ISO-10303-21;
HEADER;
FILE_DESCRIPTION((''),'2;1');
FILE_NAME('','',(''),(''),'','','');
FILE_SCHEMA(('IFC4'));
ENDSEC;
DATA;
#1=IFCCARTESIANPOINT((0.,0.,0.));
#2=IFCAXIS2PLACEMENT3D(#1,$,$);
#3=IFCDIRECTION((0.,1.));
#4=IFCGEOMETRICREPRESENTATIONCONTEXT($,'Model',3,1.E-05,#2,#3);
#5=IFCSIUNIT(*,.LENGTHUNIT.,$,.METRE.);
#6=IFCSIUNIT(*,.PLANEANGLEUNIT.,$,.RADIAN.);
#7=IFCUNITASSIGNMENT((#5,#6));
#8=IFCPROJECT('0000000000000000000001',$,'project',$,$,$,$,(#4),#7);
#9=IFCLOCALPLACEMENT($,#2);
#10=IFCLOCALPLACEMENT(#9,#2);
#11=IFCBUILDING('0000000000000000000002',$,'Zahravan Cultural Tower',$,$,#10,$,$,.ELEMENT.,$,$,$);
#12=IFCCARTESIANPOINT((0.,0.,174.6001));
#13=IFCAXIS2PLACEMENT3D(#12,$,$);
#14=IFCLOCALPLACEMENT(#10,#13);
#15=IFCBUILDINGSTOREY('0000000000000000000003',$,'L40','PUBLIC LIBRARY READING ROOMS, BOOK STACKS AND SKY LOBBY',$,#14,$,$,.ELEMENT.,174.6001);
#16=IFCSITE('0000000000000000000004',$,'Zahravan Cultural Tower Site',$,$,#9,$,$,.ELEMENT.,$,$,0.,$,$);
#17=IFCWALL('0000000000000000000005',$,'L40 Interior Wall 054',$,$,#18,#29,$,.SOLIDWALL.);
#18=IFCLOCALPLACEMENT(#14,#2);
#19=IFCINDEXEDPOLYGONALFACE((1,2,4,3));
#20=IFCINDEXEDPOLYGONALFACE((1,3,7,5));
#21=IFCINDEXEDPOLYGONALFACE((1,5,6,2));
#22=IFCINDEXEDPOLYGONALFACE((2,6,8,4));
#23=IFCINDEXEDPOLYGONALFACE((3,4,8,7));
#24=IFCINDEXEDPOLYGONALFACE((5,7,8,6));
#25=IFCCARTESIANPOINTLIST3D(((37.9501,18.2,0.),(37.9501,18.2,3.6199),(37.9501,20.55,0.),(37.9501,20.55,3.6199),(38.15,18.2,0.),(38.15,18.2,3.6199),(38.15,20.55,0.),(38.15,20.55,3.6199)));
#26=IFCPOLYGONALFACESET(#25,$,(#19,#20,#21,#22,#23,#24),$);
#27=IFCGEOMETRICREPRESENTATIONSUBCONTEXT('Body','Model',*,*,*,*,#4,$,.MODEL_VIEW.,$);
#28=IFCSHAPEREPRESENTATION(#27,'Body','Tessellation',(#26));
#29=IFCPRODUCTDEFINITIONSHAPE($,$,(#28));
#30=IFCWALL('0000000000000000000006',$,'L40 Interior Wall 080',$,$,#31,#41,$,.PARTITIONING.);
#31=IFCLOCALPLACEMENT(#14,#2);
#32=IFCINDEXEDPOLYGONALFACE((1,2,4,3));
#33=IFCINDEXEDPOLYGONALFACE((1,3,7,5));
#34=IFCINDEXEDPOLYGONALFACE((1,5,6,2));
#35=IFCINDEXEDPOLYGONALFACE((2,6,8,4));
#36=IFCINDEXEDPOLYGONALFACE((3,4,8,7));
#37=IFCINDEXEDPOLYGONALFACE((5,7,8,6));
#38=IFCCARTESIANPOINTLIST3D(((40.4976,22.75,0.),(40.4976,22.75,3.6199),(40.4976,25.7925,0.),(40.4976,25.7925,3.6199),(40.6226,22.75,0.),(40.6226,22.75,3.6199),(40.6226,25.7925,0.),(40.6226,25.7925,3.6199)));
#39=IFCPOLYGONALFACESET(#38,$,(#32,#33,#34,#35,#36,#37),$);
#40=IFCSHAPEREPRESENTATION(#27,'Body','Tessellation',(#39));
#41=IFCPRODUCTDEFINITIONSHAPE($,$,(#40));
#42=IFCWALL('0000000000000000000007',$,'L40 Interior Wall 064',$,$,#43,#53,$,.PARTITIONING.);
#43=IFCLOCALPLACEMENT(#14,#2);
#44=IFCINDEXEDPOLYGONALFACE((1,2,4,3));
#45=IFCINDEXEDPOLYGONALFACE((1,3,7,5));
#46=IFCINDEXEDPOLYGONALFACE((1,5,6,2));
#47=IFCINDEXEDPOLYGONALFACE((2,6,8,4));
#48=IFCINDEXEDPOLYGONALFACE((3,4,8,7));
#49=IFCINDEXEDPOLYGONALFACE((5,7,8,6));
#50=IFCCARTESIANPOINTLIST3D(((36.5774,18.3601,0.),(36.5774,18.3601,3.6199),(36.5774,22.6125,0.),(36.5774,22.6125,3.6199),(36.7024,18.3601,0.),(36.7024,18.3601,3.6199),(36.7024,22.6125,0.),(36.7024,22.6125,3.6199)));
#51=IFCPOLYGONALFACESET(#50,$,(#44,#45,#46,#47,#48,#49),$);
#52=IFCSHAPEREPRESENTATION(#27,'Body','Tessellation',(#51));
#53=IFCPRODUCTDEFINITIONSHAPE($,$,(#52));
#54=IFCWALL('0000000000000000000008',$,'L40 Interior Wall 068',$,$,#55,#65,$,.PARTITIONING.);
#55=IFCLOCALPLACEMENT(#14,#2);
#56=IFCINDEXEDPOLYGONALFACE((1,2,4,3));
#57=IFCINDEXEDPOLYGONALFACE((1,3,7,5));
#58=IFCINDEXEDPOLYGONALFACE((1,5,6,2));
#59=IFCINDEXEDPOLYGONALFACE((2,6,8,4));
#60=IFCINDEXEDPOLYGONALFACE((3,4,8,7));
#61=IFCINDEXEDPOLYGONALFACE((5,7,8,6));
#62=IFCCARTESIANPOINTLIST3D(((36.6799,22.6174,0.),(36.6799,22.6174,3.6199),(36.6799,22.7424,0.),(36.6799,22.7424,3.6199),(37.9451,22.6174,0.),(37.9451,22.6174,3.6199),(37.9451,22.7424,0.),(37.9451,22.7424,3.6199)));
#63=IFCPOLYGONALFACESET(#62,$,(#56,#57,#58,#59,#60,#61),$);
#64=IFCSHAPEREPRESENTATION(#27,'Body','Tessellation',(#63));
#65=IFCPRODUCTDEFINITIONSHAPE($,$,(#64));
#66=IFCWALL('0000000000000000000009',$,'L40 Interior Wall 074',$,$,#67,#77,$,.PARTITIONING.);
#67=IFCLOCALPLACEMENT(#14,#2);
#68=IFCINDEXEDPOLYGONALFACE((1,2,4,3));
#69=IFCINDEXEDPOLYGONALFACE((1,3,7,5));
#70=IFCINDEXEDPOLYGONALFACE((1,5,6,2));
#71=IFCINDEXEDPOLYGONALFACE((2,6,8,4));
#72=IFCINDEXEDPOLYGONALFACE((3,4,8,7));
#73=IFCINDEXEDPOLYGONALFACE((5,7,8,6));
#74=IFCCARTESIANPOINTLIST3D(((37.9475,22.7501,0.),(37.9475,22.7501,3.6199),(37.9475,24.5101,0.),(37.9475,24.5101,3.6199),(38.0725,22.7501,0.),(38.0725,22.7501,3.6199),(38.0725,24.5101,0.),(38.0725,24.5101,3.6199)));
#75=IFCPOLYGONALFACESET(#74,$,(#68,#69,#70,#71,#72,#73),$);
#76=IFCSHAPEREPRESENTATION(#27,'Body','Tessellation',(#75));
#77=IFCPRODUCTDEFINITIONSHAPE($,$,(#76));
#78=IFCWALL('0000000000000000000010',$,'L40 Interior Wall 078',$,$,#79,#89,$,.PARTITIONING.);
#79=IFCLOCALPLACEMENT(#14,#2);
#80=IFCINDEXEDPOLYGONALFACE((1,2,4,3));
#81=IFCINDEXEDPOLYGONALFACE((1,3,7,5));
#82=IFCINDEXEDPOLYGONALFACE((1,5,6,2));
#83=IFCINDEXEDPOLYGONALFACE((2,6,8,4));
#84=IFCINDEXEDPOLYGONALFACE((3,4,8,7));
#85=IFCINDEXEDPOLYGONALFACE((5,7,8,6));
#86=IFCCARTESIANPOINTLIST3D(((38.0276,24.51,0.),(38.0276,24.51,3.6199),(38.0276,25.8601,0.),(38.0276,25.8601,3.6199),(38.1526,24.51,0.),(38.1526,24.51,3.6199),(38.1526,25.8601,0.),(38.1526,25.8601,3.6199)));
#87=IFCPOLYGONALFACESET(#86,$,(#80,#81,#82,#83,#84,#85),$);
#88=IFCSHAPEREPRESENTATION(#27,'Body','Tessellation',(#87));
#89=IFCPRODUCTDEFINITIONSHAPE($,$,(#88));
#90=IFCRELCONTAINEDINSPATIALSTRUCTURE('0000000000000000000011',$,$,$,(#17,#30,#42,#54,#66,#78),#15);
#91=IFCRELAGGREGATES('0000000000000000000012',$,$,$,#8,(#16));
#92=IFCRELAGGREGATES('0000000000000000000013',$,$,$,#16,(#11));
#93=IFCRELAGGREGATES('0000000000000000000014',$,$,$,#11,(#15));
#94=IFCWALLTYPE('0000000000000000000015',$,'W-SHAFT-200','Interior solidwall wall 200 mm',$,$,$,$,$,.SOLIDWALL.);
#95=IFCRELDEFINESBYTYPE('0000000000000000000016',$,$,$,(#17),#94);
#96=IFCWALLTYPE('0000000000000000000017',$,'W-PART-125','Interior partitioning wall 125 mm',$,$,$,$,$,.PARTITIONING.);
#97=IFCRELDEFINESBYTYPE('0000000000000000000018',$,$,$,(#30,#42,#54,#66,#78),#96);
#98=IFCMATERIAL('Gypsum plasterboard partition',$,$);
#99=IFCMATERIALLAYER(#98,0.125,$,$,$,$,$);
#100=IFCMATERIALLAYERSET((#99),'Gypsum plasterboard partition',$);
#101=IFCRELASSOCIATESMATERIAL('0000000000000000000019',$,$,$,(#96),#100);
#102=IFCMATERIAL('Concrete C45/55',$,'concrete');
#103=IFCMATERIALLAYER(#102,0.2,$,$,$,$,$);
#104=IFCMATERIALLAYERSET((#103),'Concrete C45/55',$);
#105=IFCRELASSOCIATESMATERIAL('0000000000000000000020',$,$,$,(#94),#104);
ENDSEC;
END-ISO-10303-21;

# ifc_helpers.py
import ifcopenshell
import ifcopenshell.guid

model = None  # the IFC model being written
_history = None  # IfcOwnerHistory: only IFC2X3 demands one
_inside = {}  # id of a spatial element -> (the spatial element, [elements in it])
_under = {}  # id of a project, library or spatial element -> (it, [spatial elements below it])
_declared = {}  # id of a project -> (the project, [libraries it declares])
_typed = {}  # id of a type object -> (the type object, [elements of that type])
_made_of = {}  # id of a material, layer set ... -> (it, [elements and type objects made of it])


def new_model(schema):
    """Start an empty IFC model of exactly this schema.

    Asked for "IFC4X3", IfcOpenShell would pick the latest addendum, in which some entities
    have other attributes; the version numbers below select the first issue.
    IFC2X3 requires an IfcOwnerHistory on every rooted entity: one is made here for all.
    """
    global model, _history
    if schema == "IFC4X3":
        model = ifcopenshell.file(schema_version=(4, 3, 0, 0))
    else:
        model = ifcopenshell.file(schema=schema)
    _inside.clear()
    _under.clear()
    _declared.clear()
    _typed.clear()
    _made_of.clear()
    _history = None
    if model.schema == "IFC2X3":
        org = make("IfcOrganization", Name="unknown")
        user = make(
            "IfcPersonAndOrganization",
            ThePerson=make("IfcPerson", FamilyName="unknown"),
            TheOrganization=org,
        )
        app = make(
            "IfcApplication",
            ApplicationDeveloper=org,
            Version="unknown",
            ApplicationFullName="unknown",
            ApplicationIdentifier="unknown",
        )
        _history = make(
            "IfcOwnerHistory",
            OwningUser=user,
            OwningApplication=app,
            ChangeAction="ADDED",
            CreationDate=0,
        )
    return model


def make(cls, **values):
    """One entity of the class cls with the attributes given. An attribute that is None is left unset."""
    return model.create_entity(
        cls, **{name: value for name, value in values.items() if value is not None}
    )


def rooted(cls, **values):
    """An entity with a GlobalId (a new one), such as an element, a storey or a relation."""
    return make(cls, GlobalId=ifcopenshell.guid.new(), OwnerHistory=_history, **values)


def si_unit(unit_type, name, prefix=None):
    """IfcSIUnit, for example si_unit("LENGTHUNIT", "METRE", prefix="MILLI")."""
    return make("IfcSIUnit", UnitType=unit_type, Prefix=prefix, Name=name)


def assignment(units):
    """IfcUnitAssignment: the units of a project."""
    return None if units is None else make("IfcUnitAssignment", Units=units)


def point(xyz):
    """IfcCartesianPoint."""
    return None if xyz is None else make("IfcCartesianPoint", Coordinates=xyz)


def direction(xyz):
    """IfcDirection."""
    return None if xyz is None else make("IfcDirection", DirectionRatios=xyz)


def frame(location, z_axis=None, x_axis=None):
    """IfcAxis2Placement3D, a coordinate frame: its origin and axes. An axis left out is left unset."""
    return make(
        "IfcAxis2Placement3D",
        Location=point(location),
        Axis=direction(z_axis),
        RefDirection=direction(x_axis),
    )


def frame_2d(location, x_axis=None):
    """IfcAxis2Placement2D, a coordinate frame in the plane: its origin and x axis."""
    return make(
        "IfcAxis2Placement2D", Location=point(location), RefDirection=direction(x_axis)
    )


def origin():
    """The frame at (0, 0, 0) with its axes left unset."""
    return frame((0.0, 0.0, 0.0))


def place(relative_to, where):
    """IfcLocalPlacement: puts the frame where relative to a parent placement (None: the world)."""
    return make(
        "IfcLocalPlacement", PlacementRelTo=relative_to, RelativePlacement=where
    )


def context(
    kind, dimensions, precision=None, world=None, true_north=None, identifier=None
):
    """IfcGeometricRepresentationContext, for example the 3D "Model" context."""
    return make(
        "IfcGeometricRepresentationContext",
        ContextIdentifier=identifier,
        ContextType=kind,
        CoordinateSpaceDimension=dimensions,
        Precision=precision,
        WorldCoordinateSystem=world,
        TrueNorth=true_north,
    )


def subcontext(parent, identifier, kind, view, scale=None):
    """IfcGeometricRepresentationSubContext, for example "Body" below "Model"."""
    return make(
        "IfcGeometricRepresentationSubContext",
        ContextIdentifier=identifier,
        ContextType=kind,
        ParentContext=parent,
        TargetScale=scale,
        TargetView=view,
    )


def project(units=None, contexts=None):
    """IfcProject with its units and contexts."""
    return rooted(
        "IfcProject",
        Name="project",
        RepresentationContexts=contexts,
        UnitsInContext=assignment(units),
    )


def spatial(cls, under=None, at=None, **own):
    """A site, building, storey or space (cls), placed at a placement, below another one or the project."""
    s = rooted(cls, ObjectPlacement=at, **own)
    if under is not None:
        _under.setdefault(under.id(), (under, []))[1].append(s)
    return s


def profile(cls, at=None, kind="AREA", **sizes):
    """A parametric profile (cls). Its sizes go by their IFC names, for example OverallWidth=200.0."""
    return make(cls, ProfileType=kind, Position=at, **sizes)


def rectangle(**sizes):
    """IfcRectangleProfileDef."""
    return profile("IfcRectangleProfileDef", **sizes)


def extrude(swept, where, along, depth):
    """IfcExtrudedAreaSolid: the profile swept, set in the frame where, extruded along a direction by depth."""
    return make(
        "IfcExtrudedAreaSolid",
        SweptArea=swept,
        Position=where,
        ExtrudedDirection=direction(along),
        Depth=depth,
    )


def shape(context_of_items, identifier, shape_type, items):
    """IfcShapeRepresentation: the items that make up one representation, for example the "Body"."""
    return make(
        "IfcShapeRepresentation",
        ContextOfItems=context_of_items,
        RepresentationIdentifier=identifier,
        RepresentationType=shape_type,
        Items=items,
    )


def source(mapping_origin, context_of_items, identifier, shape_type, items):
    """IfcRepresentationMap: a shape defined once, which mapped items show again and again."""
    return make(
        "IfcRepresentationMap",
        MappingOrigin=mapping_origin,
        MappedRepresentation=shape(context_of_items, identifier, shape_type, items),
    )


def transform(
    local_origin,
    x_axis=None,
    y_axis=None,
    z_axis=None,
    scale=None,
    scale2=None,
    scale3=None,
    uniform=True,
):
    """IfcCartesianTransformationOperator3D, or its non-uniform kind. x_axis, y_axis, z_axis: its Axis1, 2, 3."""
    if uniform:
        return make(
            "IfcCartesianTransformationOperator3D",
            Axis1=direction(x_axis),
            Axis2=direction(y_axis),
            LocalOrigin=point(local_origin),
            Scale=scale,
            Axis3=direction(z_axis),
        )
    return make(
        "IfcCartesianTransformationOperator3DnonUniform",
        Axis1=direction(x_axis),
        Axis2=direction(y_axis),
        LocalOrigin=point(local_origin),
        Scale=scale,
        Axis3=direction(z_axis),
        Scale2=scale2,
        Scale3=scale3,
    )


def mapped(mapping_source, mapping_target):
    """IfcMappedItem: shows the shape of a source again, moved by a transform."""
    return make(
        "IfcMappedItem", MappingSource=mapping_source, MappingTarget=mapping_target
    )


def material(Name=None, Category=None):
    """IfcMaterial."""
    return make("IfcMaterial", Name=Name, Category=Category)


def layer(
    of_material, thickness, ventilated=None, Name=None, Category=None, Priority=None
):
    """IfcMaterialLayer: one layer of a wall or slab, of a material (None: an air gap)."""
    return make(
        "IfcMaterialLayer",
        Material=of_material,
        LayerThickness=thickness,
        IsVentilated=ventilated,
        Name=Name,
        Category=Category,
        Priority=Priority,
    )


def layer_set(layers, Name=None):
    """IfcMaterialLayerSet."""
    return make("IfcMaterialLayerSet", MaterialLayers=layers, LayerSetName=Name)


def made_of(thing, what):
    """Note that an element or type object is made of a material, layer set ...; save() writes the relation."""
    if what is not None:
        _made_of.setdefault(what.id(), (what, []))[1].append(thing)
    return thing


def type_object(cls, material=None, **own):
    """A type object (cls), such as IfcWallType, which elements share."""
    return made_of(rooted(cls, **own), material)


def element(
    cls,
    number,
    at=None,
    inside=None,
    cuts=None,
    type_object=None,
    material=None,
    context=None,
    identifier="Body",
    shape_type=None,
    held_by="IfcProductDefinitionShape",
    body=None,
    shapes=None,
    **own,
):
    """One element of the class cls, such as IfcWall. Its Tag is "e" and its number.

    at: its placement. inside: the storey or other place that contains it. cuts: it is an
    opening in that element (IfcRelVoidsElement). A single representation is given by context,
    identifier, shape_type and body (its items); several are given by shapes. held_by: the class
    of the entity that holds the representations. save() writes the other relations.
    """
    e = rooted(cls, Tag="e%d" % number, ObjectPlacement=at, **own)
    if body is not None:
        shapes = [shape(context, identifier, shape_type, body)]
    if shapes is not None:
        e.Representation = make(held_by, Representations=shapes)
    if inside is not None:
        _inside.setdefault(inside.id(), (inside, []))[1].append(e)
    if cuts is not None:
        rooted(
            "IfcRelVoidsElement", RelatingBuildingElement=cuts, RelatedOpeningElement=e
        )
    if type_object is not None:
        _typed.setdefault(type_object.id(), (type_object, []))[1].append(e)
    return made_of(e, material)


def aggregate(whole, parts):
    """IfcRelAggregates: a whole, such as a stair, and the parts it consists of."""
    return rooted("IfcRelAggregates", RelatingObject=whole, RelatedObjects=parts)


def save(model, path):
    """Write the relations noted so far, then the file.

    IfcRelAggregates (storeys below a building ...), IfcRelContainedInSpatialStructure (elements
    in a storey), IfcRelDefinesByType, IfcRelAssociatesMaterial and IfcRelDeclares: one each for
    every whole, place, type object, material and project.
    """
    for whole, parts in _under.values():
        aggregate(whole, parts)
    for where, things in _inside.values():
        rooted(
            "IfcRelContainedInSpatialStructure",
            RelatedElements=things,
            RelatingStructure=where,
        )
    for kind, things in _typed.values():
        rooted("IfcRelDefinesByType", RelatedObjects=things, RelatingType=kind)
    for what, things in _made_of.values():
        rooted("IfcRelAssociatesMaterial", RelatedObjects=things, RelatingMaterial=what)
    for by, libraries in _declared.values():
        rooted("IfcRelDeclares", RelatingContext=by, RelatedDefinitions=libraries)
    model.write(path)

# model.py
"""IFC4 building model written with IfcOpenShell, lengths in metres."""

from ifc_helpers import new_model, si_unit, direction, frame, frame_2d, origin, place, context, subcontext, project, spatial, rectangle, extrude, source, transform, mapped, material, layer, layer_set, type_object, element, save


model = new_model("IFC4")

# Units and contexts
model_context = context("Model", 3, precision=1e-05, world=origin(), true_north=direction((0.0, 1.0)))
body_context = subcontext(model_context, "Body", "Model", "MODEL_VIEW")
ifc_project = project(units=[si_unit("LENGTHUNIT", "METRE"), si_unit("PLANEANGLEUNIT", "RADIAN")], contexts=[model_context])

# Site, building, storey
site_placement = place(None, origin())
site = spatial("IfcSite", under=ifc_project, at=site_placement, Name="Zahravan Cultural Tower Site", CompositionType="ELEMENT", RefElevation=0.0)
building_placement = place(site_placement, origin())
building = spatial("IfcBuilding", under=site, at=building_placement, Name="Zahravan Cultural Tower", CompositionType="ELEMENT")
storey_placement = place(building_placement, frame((0.0, 0.0, 174.6001)))
storey = spatial("IfcBuildingStorey", under=building, at=storey_placement, Name="L40", Description="PUBLIC LIBRARY READING ROOMS, BOOK STACKS AND SKY LOBBY", CompositionType="ELEMENT", Elevation=174.6001)

# Shared definitions
ifc_material_1 = material(Name="Gypsum plasterboard partition")
ifc_layer_1 = layer(ifc_material_1, 0.125)
ifc_layer_set_1 = layer_set([ifc_layer_1], Name="Gypsum plasterboard partition")
wall_type_1 = type_object("IfcWallType", Name="W-PART-125", Description="Interior partitioning wall 125 mm", PredefinedType="PARTITIONING", material=ifc_layer_set_1)
ifc_material_2 = material(Name="Concrete C45/55", Category="concrete")
ifc_layer_2 = layer(ifc_material_2, 0.2)
ifc_layer_set_2 = layer_set([ifc_layer_2], Name="Concrete C45/55")
wall_type_2 = type_object("IfcWallType", Name="W-SHAFT-200", Description="Interior solidwall wall 200 mm", PredefinedType="SOLIDWALL", material=ifc_layer_set_2)

# Walls
shared_shape_1 = source(origin(), body_context, "Body", "SweptSolid", [
    extrude(rectangle(XDim=2.3501, YDim=0.2, at=frame_2d((1.175, 0.0))), origin(), (0.0, 0.0, 1.0), 3.6199),
])
for number, where, z_axis, x_axis, name in (
    (1, (38.05, 18.2, 0.0), (0.0, 0.0, 1.0), (0.0, 1.0, 0.0), "L40 Interior Wall 054"),
):
    element("IfcWall", number, at=place(storey_placement, frame(where, z_axis=z_axis, x_axis=x_axis)), inside=storey, type_object=wall_type_2, Name=name, PredefinedType="SOLIDWALL", context=body_context, shape_type="MappedRepresentation", body=[
        mapped(shared_shape_1, transform((0.0, 0.0, 0.0), x_axis=(1.0, 0.0, 0.0), y_axis=(0.0, 1.0, 0.0), z_axis=(0.0, 0.0, 1.0), scale=1.0)),
    ])
shared_shape_2 = source(origin(), body_context, "Body", "SweptSolid", [
    extrude(rectangle(XDim=3.0425, YDim=0.125, at=frame_2d((1.5212, 0.0))), origin(), (0.0, 0.0, 1.0), 3.6199),
])
wall_1_placement = place(storey_placement, frame((40.5601, 25.7925, 0.0), z_axis=(0.0, 0.0, 1.0), x_axis=(0.0, -1.0, 0.0)))
element("IfcWall", 2, at=wall_1_placement, inside=storey, type_object=wall_type_1, Name="L40 Interior Wall 080", PredefinedType="PARTITIONING", context=body_context, shape_type="MappedRepresentation", body=[
    mapped(shared_shape_2, transform((0.0, 0.0, 0.0), x_axis=(1.0, 0.0, 0.0), y_axis=(0.0, 1.0, 0.0), z_axis=(0.0, 0.0, 1.0), scale=1.0)),
])
shared_shape_3 = source(origin(), body_context, "Body", "SweptSolid", [
    extrude(rectangle(XDim=4.2524, YDim=0.125, at=frame_2d((2.1262, 0.0))), origin(), (0.0, 0.0, 1.0), 3.6199),
])
wall_2_placement = place(storey_placement, frame((36.6399, 22.6125, 0.0), z_axis=(0.0, 0.0, 1.0), x_axis=(0.0, -1.0, 0.0)))
element("IfcWall", 3, at=wall_2_placement, inside=storey, type_object=wall_type_1, Name="L40 Interior Wall 064", PredefinedType="PARTITIONING", context=body_context, shape_type="MappedRepresentation", body=[
    mapped(shared_shape_3, transform((0.0, 0.0, 0.0), x_axis=(1.0, 0.0, 0.0), y_axis=(0.0, 1.0, 0.0), z_axis=(0.0, 0.0, 1.0), scale=1.0)),
])
shared_shape_4 = source(origin(), body_context, "Body", "SweptSolid", [
    extrude(rectangle(XDim=1.2651, YDim=0.125, at=frame_2d((0.6326, 0.0))), origin(), (0.0, 0.0, 1.0), 3.6199),
])
wall_3_placement = place(storey_placement, frame((36.6799, 22.6799, 0.0), z_axis=(0.0, 0.0, 1.0), x_axis=(1.0, 0.0, 0.0)))
element("IfcWall", 4, at=wall_3_placement, inside=storey, type_object=wall_type_1, Name="L40 Interior Wall 068", PredefinedType="PARTITIONING", context=body_context, shape_type="MappedRepresentation", body=[
    mapped(shared_shape_4, transform((0.0, 0.0, 0.0), x_axis=(1.0, 0.0, 0.0), y_axis=(0.0, 1.0, 0.0), z_axis=(0.0, 0.0, 1.0), scale=1.0)),
])
shared_shape_5 = source(origin(), body_context, "Body", "SweptSolid", [
    extrude(rectangle(XDim=1.76, YDim=0.125, at=frame_2d((0.8799, 0.0))), origin(), (0.0, 0.0, 1.0), 3.6199),
])
wall_4_placement = place(storey_placement, frame((38.01, 24.51, 0.0), z_axis=(0.0, 0.0, 1.0), x_axis=(0.0, -1.0, 0.0)))
element("IfcWall", 5, at=wall_4_placement, inside=storey, type_object=wall_type_1, Name="L40 Interior Wall 074", PredefinedType="PARTITIONING", context=body_context, shape_type="MappedRepresentation", body=[
    mapped(shared_shape_5, transform((0.0, 0.0, 0.0), x_axis=(1.0, 0.0, 0.0), y_axis=(0.0, 1.0, 0.0), z_axis=(0.0, 0.0, 1.0), scale=1.0)),
])
shared_shape_6 = source(origin(), body_context, "Body", "SweptSolid", [
    extrude(rectangle(XDim=1.3501, YDim=0.125, at=frame_2d((0.675, 0.0))), origin(), (0.0, 0.0, 1.0), 3.6199),
])
wall_5_placement = place(storey_placement, frame((38.0901, 24.51, 0.0), z_axis=(0.0, 0.0, 1.0), x_axis=(0.0, 1.0, 0.0)))
element("IfcWall", 6, at=wall_5_placement, inside=storey, type_object=wall_type_1, Name="L40 Interior Wall 078", PredefinedType="PARTITIONING", context=body_context, shape_type="MappedRepresentation", body=[
    mapped(shared_shape_6, transform((0.0, 0.0, 0.0), x_axis=(1.0, 0.0, 0.0), y_axis=(0.0, 1.0, 0.0), z_axis=(0.0, 0.0, 1.0), scale=1.0)),
])

save(model, "model.ifc")
